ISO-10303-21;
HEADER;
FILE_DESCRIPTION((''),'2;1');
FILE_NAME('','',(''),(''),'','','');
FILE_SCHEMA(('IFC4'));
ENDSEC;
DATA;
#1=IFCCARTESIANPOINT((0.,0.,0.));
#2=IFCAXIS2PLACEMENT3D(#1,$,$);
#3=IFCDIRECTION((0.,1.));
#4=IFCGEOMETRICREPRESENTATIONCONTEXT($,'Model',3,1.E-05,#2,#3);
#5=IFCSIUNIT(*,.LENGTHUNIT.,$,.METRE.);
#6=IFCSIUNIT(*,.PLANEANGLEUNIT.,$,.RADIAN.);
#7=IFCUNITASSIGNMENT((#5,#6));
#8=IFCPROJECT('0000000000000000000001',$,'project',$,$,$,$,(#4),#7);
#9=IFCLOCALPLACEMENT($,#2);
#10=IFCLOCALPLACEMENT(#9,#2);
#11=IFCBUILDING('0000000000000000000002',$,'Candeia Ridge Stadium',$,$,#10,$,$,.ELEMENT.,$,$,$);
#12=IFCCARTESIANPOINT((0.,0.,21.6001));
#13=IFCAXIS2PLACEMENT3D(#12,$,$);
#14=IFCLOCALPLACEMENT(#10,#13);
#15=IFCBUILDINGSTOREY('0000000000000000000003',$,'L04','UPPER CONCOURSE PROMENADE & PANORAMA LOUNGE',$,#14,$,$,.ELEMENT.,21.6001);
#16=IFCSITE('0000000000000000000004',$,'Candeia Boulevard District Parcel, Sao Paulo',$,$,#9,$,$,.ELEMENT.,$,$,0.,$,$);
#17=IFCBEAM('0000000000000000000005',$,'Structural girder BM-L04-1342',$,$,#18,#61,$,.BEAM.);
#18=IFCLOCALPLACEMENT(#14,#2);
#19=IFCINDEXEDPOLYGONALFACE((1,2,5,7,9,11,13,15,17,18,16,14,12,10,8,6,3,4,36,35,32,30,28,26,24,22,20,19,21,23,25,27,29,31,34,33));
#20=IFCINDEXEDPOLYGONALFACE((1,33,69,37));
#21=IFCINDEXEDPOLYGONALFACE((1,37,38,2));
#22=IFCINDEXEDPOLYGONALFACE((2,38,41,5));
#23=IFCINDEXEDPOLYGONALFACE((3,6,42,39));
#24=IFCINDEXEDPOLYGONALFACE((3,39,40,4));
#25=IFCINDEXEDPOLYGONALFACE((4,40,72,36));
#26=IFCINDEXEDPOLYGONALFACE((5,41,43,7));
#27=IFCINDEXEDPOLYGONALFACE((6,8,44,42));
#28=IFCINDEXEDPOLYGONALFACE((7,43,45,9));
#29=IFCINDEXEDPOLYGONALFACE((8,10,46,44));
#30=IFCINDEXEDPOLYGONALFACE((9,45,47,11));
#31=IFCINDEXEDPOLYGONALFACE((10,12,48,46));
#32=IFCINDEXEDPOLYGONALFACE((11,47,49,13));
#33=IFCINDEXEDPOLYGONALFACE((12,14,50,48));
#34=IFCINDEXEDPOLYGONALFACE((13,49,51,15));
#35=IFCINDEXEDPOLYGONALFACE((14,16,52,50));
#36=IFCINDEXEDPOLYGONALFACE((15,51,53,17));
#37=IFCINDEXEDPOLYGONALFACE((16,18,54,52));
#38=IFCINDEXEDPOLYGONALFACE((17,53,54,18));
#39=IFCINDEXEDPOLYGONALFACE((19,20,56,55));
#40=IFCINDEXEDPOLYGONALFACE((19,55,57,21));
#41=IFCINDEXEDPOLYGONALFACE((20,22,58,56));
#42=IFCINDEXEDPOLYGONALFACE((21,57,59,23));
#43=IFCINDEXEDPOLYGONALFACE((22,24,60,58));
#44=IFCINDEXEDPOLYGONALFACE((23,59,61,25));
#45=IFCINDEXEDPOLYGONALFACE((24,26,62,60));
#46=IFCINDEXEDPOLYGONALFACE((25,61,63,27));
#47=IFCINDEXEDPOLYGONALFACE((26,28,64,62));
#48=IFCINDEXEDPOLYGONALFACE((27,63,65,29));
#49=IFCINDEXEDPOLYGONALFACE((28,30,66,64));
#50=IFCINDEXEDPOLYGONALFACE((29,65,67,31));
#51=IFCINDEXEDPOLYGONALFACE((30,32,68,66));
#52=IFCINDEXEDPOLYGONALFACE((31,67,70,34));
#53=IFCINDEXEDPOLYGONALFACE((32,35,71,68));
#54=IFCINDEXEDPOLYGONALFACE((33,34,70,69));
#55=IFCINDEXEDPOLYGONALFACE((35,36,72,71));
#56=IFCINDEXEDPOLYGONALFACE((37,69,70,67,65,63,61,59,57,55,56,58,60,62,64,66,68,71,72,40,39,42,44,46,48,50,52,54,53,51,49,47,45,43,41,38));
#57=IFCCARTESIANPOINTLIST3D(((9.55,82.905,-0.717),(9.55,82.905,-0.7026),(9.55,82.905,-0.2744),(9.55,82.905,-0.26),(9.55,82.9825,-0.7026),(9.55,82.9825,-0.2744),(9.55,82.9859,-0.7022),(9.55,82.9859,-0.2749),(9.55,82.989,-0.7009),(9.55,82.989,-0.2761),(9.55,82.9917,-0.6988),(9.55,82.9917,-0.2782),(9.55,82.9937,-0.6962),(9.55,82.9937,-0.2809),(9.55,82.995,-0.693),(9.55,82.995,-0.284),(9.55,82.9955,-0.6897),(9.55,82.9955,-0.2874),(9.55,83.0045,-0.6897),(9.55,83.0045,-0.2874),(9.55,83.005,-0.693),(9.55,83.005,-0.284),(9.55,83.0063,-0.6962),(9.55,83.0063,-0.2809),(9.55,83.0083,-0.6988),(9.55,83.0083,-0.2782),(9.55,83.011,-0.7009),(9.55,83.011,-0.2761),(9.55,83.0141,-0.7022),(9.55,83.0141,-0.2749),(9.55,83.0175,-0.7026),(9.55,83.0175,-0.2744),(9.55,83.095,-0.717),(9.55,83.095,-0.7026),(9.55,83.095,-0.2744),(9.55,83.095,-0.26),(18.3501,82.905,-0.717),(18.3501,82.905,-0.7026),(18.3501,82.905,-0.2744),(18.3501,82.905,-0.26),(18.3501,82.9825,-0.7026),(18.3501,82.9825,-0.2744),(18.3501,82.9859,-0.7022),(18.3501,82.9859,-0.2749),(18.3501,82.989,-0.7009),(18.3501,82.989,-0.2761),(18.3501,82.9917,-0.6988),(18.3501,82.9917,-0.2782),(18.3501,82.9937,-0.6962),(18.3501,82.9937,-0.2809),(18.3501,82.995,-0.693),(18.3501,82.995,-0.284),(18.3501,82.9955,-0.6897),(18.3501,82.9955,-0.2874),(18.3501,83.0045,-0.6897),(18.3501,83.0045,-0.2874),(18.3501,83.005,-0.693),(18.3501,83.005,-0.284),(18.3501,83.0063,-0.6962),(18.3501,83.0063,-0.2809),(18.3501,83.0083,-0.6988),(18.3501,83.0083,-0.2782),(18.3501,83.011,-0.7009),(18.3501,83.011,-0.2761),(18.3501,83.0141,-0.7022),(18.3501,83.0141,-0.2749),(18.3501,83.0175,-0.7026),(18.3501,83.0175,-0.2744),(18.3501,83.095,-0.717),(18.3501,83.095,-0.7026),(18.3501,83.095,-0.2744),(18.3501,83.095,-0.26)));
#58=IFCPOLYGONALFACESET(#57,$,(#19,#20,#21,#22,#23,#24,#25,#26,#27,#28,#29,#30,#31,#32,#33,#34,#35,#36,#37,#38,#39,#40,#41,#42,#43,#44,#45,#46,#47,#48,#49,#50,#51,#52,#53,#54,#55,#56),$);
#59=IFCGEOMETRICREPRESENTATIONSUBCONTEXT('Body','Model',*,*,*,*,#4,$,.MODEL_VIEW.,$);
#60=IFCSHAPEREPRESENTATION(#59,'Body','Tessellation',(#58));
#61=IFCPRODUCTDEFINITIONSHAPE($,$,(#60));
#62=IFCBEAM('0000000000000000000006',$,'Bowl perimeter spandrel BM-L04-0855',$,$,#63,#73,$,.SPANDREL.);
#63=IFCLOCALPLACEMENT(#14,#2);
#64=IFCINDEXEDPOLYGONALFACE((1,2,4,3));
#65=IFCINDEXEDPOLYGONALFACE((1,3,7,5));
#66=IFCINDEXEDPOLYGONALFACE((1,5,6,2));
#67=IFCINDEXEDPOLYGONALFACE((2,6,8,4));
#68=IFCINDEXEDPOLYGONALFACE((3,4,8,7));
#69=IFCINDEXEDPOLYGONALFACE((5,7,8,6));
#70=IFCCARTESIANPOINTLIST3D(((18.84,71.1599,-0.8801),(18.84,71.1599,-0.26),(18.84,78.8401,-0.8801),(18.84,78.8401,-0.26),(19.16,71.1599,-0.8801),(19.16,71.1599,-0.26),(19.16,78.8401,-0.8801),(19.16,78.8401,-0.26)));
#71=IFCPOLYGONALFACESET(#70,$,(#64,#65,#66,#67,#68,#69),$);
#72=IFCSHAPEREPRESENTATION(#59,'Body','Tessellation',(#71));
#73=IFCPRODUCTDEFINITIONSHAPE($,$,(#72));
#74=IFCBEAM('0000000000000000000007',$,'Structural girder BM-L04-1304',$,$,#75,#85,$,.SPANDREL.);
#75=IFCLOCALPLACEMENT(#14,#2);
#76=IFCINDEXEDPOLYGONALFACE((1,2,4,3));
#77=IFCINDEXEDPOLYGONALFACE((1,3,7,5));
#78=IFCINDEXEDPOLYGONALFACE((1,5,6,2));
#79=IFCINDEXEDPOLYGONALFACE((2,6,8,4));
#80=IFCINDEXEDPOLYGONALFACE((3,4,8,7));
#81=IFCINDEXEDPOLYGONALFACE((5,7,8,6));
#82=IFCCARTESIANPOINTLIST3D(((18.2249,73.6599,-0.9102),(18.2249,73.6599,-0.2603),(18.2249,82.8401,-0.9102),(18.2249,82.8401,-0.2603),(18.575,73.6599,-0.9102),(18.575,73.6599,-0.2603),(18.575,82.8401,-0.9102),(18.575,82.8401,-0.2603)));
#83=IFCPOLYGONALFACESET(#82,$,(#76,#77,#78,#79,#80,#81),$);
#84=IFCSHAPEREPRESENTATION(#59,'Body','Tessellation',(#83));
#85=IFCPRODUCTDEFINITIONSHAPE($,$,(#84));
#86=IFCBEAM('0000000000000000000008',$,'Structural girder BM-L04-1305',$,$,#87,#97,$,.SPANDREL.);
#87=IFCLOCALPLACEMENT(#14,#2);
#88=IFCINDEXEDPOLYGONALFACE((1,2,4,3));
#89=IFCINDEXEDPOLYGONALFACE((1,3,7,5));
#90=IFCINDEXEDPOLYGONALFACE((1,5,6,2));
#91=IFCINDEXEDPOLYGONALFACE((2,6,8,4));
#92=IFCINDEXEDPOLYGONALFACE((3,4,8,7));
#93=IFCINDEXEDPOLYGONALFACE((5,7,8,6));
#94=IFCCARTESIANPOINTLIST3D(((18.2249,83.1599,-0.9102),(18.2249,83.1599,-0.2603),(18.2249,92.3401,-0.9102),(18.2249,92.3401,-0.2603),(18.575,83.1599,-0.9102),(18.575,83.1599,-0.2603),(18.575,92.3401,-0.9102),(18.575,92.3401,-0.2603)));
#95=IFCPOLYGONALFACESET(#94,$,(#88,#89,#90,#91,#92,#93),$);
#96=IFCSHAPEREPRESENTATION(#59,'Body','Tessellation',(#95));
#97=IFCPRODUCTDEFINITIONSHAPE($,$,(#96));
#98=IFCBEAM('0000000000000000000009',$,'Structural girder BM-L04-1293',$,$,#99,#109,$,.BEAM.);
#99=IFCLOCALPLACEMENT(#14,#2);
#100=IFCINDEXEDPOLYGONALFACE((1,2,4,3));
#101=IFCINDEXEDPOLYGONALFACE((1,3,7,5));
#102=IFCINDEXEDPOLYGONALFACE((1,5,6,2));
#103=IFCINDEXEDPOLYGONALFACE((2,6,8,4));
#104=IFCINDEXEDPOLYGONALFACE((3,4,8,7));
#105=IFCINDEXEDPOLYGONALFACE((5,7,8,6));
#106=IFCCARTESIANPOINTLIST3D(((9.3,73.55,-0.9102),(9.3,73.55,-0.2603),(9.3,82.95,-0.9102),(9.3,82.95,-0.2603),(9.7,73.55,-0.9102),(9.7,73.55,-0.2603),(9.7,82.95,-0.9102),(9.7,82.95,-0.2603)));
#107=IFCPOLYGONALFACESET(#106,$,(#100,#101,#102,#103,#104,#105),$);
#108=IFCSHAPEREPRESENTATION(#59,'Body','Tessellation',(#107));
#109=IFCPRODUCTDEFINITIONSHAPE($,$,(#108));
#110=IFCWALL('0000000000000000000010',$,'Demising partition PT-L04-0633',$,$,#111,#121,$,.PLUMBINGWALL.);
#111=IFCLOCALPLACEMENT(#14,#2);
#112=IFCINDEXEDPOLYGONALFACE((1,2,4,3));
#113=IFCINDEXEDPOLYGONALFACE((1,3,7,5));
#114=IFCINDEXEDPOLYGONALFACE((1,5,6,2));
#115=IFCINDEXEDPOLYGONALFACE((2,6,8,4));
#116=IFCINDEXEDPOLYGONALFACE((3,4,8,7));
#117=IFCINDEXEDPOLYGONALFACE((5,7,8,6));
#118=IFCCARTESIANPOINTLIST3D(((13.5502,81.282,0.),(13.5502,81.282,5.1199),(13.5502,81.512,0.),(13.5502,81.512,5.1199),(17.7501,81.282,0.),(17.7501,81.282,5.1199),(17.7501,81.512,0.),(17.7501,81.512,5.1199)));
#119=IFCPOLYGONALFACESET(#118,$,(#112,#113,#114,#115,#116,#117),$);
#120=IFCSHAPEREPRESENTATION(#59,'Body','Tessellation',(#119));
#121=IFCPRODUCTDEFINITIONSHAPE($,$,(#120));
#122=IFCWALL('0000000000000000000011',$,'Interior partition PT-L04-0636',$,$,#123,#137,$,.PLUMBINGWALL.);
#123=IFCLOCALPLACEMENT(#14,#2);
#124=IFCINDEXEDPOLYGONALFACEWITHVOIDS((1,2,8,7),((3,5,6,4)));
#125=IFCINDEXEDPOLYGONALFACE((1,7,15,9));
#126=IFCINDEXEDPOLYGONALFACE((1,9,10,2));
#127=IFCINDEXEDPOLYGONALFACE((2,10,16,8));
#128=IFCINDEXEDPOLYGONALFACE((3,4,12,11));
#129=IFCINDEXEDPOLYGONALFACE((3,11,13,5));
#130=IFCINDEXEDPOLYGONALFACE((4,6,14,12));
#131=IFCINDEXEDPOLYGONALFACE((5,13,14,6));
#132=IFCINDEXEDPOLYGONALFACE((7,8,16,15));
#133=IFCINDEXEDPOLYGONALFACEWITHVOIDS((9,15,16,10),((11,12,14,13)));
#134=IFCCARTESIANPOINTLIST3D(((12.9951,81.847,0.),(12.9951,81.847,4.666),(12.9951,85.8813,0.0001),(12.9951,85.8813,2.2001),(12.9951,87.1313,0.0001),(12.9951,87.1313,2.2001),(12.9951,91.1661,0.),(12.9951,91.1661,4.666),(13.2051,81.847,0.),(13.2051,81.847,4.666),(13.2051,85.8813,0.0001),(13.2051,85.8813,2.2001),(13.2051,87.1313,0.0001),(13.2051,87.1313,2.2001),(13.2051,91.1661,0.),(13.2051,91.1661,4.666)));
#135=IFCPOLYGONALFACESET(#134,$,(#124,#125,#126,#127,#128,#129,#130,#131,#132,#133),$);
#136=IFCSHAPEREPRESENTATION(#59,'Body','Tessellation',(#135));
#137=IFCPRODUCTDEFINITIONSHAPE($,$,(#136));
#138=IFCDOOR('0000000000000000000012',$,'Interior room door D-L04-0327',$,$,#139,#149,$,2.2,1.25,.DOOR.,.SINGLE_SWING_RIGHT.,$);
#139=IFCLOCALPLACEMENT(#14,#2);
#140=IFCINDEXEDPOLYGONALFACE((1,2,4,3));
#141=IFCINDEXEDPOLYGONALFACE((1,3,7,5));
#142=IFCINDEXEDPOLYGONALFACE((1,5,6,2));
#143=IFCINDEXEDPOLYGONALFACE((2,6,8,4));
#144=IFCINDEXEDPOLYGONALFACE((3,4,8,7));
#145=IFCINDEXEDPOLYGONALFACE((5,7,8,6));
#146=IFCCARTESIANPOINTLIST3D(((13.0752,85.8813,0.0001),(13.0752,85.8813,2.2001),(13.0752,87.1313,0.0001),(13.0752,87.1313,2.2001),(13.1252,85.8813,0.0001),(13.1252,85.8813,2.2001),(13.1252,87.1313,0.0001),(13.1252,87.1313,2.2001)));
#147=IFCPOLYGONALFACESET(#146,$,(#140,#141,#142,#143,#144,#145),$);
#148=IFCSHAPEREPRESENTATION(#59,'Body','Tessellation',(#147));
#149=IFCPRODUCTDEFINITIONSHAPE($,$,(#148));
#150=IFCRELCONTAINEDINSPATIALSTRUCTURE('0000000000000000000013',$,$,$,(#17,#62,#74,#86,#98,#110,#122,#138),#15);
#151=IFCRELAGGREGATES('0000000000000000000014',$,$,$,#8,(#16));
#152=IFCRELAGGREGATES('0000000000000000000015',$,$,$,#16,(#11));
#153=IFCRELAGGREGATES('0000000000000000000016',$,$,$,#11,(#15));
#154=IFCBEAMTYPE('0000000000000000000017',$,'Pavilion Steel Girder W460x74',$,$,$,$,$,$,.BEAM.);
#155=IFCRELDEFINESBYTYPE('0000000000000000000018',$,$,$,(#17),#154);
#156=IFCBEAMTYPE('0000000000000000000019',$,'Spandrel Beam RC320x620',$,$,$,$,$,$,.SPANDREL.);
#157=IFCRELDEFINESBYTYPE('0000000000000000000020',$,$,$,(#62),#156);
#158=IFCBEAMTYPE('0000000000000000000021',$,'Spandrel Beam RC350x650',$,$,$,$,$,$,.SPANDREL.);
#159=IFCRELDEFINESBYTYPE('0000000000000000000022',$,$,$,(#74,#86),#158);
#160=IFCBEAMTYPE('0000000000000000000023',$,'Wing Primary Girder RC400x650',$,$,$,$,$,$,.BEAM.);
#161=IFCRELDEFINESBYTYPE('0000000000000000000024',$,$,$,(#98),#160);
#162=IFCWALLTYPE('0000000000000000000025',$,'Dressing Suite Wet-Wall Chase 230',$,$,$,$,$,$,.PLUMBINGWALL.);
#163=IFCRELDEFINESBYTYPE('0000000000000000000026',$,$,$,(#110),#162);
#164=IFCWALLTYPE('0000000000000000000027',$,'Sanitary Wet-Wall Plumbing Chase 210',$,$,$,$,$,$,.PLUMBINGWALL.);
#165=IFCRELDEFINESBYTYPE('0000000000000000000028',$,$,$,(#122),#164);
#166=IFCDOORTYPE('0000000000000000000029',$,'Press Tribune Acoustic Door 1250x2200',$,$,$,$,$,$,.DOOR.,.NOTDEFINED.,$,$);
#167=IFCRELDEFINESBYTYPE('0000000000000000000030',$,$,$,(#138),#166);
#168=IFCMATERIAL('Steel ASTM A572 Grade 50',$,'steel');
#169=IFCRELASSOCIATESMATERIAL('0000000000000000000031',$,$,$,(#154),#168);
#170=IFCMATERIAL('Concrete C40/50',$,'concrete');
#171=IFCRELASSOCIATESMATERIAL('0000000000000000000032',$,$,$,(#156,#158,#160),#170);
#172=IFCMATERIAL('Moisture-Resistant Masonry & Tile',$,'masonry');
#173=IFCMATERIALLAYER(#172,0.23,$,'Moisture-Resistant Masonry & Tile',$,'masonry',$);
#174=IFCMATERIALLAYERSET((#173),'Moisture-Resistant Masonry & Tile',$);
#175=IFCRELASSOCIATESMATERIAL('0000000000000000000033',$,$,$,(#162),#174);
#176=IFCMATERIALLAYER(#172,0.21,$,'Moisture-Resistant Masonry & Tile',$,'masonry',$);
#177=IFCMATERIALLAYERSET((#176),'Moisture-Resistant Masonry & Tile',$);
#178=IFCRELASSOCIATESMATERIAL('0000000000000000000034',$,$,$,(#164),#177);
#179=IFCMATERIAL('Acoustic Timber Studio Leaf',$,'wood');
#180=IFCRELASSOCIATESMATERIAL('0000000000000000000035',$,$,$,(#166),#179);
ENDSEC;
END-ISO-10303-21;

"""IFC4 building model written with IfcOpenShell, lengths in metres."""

from ifc_helpers import new_model, si_unit, direction, frame, frame_2d, origin, origin_2d, place, context, subcontext, project, spatial, rectangle, i_section, extrude, material, layer, layer_set, material_profile, profile_set, type_object, element, fill, save


model = new_model("IFC4")

# Units and contexts
model_context = context("Model", 3, precision=1e-05, world=origin(), true_north=direction((0.0, 1.0)))
body_context = subcontext(model_context, "Body", "Model", "MODEL_VIEW")
ifc_project = project(units=[si_unit("LENGTHUNIT", "METRE"), si_unit("PLANEANGLEUNIT", "RADIAN")], contexts=[model_context])

# Site, building, storey
site_placement = place(None, origin())
site = spatial("IfcSite", under=ifc_project, at=site_placement, Name="Candeia Boulevard District Parcel, Sao Paulo", CompositionType="ELEMENT", RefElevation=0.0)
building_placement = place(site_placement, origin())
building = spatial("IfcBuilding", under=site, at=building_placement, Name="Candeia Ridge Stadium", CompositionType="ELEMENT")
storey_placement = place(building_placement, frame((0.0, 0.0, 21.6001)))
storey = spatial("IfcBuildingStorey", under=building, at=storey_placement, Name="L04", Description="UPPER CONCOURSE PROMENADE & PANORAMA LOUNGE", CompositionType="ELEMENT", Elevation=21.6001)

# Shared definitions
ifc_material_1 = material(Name="Concrete C40/50", Category="concrete")

# Beams
ifc_material_2 = material(Name="Steel ASTM A572 Grade 50", Category="steel")
ifc_material_profile_1 = material_profile(ifc_material_2, i_section(OverallWidth=0.1899, OverallDepth=0.457, WebThickness=0.009, FlangeThickness=0.0144, FilletRadius=0.0129, at=origin_2d()), Name="W460x74", Category="steel")
ifc_profile_set_1 = profile_set([ifc_material_profile_1], Name="Steel ASTM A572 Grade 50")
beam_type_1 = type_object("IfcBeamType", Name="Pavilion Steel Girder W460x74", PredefinedType="BEAM", material=ifc_profile_set_1)
for number, where, z_axis, x_axis, name in (
    (1, (9.55, 83.0, -0.4885), (1.0, 0.0, 0.0), (0.0, 1.0, 0.0), "Structural girder BM-L04-1342"),
):
    element("IfcBeam", number, at=place(storey_placement, frame(where, z_axis=z_axis, x_axis=x_axis)), inside=storey, type_object=beam_type_1, Name=name, PredefinedType="BEAM", context=body_context, shape_type="SweptSolid", body=[
        extrude(i_section(OverallWidth=0.1899, OverallDepth=0.457, WebThickness=0.009, FlangeThickness=0.0144, FilletRadius=0.0129, at=origin_2d()), origin(), (0.0, 0.0, 1.0), 8.8),
    ])
ifc_material_profile_2 = material_profile(ifc_material_1, rectangle(XDim=0.3201, YDim=0.6201, at=origin_2d()), Name="RC320x620", Category="concrete")
ifc_profile_set_2 = profile_set([ifc_material_profile_2], Name="Concrete C40/50")
beam_type_2 = type_object("IfcBeamType", Name="Spandrel Beam RC320x620", PredefinedType="SPANDREL", material=ifc_profile_set_2)
beam_1_placement = place(storey_placement, frame((19.0, 78.8401, -0.5701), z_axis=(0.0, -1.0, 0.0), x_axis=(1.0, 0.0, 0.0)))
element("IfcBeam", 2, at=beam_1_placement, inside=storey, type_object=beam_type_2, Name="Bowl perimeter spandrel BM-L04-0855", PredefinedType="SPANDREL", context=body_context, shape_type="SweptSolid", body=[
    extrude(rectangle(XDim=0.3201, YDim=0.6201, at=origin_2d()), origin(), (0.0, 0.0, 1.0), 7.6802),
])
ifc_material_profile_3 = material_profile(ifc_material_1, rectangle(XDim=0.3501, YDim=0.6499, at=origin_2d()), Name="RC350x650", Category="concrete")
ifc_profile_set_3 = profile_set([ifc_material_profile_3], Name="Concrete C40/50")
beam_type_3 = type_object("IfcBeamType", Name="Spandrel Beam RC350x650", PredefinedType="SPANDREL", material=ifc_profile_set_3)
for number, where, z_axis, x_axis, name in (
    (3, (18.3999, 73.6599, -0.5852), (0.0, 1.0, 0.0), (-1.0, 0.0, 0.0), "Structural girder BM-L04-1304"),
    (4, (18.3999, 83.1599, -0.5852), (0.0, 1.0, 0.0), (-1.0, 0.0, 0.0), "Structural girder BM-L04-1305"),
):
    element("IfcBeam", number, at=place(storey_placement, frame(where, z_axis=z_axis, x_axis=x_axis)), inside=storey, type_object=beam_type_3, Name=name, PredefinedType="SPANDREL", context=body_context, shape_type="SweptSolid", body=[
        extrude(rectangle(XDim=0.3501, YDim=0.6499, at=origin_2d()), origin(), (0.0, 0.0, 1.0), 9.1802),
    ])
ifc_material_profile_4 = material_profile(ifc_material_1, rectangle(XDim=0.3999, YDim=0.6499, at=origin_2d()), Name="RC400x650", Category="concrete")
ifc_profile_set_4 = profile_set([ifc_material_profile_4], Name="Concrete C40/50")
beam_type_4 = type_object("IfcBeamType", Name="Wing Primary Girder RC400x650", PredefinedType="BEAM", material=ifc_profile_set_4)
beam_2_placement = place(storey_placement, frame((9.5, 73.55, -0.5852), z_axis=(0.0, 1.0, 0.0), x_axis=(-1.0, 0.0, 0.0)))
element("IfcBeam", 5, at=beam_2_placement, inside=storey, type_object=beam_type_4, Name="Structural girder BM-L04-1293", PredefinedType="BEAM", context=body_context, shape_type="SweptSolid", body=[
    extrude(rectangle(XDim=0.3999, YDim=0.6499, at=origin_2d()), origin(), (0.0, 0.0, 1.0), 9.3999),
])

# Wall
ifc_material_3 = material(Name="Moisture-Resistant Masonry & Tile", Category="masonry")
ifc_layer_1 = layer(ifc_material_3, 0.23, Name="Moisture-Resistant Masonry & Tile", Category="masonry")
ifc_layer_set_1 = layer_set([ifc_layer_1], Name="Moisture-Resistant Masonry & Tile")
wall_type_1 = type_object("IfcWallType", Name="Dressing Suite Wet-Wall Chase 230", PredefinedType="PLUMBINGWALL", material=ifc_layer_set_1)
wall_1_placement = place(storey_placement, frame((13.55, 81.397, 0.0), z_axis=(0.0, 0.0, 1.0), x_axis=(1.0, 0.0, 0.0)))
element("IfcWall", 6, at=wall_1_placement, inside=storey, type_object=wall_type_1, Name="Demising partition PT-L04-0633", PredefinedType="PLUMBINGWALL", context=body_context, shape_type="SweptSolid", body=[
    extrude(rectangle(XDim=4.2, YDim=0.23, at=frame_2d((2.1001, 0.0))), origin(), (0.0, 0.0, 1.0), 5.1199),
])

# Wall, opening, door
ifc_layer_2 = layer(ifc_material_3, 0.21, Name="Moisture-Resistant Masonry & Tile", Category="masonry")
ifc_layer_set_2 = layer_set([ifc_layer_2], Name="Moisture-Resistant Masonry & Tile")
wall_type_2 = type_object("IfcWallType", Name="Sanitary Wet-Wall Plumbing Chase 210", PredefinedType="PLUMBINGWALL", material=ifc_layer_set_2)
wall_2_placement = place(storey_placement, frame((13.1001, 81.8469, 0.0), z_axis=(0.0, 0.0, 1.0), x_axis=(0.0, 1.0, 0.0)))
wall_2 = element("IfcWall", 7, at=wall_2_placement, inside=storey, type_object=wall_type_2, Name="Interior partition PT-L04-0636", PredefinedType="PLUMBINGWALL", context=body_context, shape_type="SweptSolid", body=[
    extrude(rectangle(XDim=9.3191, YDim=0.21, at=frame_2d((4.6597, 0.0))), origin(), (0.0, 0.0, 1.0), 4.666),
])
opening_1_placement = place(wall_2_placement, frame((4.0344, 0.0, 0.0)))
opening_1 = element("IfcOpeningElement", 8, at=opening_1_placement, cuts=wall_2, PredefinedType="OPENING", context=body_context, shape_type="SweptSolid", body=[
    extrude(rectangle(XDim=1.25, YDim=2.2, at=frame_2d((0.625, 1.1001))), frame((0.0, 0.115, 0.0), z_axis=(0.0, -1.0, 0.0), x_axis=(1.0, 0.0, 0.0)), (0.0, 0.0, 1.0), 0.23),
])
ifc_material_4 = material(Name="Acoustic Timber Studio Leaf", Category="wood")
door_type_1 = type_object("IfcDoorType", Name="Press Tribune Acoustic Door 1250x2200", OperationType="NOTDEFINED", PredefinedType="DOOR", material=ifc_material_4)
door_1_placement = place(opening_1_placement, origin())
door_1 = element("IfcDoor", 9, at=door_1_placement, inside=storey, type_object=door_type_1, Name="Interior room door D-L04-0327", OperationType="SINGLE_SWING_RIGHT", OverallHeight=2.2, OverallWidth=1.25, PredefinedType="DOOR", context=body_context, shape_type="SweptSolid", body=[
    extrude(rectangle(XDim=1.25, YDim=2.2, at=frame_2d((0.625, 1.1001))), frame((0.0, 0.0249, 0.0), z_axis=(0.0, -1.0, 0.0), x_axis=(1.0, 0.0, 0.0)), (0.0, 0.0, 1.0), 0.05),
])
fill(opening_1, door_1)

save(model, "model.ifc")
